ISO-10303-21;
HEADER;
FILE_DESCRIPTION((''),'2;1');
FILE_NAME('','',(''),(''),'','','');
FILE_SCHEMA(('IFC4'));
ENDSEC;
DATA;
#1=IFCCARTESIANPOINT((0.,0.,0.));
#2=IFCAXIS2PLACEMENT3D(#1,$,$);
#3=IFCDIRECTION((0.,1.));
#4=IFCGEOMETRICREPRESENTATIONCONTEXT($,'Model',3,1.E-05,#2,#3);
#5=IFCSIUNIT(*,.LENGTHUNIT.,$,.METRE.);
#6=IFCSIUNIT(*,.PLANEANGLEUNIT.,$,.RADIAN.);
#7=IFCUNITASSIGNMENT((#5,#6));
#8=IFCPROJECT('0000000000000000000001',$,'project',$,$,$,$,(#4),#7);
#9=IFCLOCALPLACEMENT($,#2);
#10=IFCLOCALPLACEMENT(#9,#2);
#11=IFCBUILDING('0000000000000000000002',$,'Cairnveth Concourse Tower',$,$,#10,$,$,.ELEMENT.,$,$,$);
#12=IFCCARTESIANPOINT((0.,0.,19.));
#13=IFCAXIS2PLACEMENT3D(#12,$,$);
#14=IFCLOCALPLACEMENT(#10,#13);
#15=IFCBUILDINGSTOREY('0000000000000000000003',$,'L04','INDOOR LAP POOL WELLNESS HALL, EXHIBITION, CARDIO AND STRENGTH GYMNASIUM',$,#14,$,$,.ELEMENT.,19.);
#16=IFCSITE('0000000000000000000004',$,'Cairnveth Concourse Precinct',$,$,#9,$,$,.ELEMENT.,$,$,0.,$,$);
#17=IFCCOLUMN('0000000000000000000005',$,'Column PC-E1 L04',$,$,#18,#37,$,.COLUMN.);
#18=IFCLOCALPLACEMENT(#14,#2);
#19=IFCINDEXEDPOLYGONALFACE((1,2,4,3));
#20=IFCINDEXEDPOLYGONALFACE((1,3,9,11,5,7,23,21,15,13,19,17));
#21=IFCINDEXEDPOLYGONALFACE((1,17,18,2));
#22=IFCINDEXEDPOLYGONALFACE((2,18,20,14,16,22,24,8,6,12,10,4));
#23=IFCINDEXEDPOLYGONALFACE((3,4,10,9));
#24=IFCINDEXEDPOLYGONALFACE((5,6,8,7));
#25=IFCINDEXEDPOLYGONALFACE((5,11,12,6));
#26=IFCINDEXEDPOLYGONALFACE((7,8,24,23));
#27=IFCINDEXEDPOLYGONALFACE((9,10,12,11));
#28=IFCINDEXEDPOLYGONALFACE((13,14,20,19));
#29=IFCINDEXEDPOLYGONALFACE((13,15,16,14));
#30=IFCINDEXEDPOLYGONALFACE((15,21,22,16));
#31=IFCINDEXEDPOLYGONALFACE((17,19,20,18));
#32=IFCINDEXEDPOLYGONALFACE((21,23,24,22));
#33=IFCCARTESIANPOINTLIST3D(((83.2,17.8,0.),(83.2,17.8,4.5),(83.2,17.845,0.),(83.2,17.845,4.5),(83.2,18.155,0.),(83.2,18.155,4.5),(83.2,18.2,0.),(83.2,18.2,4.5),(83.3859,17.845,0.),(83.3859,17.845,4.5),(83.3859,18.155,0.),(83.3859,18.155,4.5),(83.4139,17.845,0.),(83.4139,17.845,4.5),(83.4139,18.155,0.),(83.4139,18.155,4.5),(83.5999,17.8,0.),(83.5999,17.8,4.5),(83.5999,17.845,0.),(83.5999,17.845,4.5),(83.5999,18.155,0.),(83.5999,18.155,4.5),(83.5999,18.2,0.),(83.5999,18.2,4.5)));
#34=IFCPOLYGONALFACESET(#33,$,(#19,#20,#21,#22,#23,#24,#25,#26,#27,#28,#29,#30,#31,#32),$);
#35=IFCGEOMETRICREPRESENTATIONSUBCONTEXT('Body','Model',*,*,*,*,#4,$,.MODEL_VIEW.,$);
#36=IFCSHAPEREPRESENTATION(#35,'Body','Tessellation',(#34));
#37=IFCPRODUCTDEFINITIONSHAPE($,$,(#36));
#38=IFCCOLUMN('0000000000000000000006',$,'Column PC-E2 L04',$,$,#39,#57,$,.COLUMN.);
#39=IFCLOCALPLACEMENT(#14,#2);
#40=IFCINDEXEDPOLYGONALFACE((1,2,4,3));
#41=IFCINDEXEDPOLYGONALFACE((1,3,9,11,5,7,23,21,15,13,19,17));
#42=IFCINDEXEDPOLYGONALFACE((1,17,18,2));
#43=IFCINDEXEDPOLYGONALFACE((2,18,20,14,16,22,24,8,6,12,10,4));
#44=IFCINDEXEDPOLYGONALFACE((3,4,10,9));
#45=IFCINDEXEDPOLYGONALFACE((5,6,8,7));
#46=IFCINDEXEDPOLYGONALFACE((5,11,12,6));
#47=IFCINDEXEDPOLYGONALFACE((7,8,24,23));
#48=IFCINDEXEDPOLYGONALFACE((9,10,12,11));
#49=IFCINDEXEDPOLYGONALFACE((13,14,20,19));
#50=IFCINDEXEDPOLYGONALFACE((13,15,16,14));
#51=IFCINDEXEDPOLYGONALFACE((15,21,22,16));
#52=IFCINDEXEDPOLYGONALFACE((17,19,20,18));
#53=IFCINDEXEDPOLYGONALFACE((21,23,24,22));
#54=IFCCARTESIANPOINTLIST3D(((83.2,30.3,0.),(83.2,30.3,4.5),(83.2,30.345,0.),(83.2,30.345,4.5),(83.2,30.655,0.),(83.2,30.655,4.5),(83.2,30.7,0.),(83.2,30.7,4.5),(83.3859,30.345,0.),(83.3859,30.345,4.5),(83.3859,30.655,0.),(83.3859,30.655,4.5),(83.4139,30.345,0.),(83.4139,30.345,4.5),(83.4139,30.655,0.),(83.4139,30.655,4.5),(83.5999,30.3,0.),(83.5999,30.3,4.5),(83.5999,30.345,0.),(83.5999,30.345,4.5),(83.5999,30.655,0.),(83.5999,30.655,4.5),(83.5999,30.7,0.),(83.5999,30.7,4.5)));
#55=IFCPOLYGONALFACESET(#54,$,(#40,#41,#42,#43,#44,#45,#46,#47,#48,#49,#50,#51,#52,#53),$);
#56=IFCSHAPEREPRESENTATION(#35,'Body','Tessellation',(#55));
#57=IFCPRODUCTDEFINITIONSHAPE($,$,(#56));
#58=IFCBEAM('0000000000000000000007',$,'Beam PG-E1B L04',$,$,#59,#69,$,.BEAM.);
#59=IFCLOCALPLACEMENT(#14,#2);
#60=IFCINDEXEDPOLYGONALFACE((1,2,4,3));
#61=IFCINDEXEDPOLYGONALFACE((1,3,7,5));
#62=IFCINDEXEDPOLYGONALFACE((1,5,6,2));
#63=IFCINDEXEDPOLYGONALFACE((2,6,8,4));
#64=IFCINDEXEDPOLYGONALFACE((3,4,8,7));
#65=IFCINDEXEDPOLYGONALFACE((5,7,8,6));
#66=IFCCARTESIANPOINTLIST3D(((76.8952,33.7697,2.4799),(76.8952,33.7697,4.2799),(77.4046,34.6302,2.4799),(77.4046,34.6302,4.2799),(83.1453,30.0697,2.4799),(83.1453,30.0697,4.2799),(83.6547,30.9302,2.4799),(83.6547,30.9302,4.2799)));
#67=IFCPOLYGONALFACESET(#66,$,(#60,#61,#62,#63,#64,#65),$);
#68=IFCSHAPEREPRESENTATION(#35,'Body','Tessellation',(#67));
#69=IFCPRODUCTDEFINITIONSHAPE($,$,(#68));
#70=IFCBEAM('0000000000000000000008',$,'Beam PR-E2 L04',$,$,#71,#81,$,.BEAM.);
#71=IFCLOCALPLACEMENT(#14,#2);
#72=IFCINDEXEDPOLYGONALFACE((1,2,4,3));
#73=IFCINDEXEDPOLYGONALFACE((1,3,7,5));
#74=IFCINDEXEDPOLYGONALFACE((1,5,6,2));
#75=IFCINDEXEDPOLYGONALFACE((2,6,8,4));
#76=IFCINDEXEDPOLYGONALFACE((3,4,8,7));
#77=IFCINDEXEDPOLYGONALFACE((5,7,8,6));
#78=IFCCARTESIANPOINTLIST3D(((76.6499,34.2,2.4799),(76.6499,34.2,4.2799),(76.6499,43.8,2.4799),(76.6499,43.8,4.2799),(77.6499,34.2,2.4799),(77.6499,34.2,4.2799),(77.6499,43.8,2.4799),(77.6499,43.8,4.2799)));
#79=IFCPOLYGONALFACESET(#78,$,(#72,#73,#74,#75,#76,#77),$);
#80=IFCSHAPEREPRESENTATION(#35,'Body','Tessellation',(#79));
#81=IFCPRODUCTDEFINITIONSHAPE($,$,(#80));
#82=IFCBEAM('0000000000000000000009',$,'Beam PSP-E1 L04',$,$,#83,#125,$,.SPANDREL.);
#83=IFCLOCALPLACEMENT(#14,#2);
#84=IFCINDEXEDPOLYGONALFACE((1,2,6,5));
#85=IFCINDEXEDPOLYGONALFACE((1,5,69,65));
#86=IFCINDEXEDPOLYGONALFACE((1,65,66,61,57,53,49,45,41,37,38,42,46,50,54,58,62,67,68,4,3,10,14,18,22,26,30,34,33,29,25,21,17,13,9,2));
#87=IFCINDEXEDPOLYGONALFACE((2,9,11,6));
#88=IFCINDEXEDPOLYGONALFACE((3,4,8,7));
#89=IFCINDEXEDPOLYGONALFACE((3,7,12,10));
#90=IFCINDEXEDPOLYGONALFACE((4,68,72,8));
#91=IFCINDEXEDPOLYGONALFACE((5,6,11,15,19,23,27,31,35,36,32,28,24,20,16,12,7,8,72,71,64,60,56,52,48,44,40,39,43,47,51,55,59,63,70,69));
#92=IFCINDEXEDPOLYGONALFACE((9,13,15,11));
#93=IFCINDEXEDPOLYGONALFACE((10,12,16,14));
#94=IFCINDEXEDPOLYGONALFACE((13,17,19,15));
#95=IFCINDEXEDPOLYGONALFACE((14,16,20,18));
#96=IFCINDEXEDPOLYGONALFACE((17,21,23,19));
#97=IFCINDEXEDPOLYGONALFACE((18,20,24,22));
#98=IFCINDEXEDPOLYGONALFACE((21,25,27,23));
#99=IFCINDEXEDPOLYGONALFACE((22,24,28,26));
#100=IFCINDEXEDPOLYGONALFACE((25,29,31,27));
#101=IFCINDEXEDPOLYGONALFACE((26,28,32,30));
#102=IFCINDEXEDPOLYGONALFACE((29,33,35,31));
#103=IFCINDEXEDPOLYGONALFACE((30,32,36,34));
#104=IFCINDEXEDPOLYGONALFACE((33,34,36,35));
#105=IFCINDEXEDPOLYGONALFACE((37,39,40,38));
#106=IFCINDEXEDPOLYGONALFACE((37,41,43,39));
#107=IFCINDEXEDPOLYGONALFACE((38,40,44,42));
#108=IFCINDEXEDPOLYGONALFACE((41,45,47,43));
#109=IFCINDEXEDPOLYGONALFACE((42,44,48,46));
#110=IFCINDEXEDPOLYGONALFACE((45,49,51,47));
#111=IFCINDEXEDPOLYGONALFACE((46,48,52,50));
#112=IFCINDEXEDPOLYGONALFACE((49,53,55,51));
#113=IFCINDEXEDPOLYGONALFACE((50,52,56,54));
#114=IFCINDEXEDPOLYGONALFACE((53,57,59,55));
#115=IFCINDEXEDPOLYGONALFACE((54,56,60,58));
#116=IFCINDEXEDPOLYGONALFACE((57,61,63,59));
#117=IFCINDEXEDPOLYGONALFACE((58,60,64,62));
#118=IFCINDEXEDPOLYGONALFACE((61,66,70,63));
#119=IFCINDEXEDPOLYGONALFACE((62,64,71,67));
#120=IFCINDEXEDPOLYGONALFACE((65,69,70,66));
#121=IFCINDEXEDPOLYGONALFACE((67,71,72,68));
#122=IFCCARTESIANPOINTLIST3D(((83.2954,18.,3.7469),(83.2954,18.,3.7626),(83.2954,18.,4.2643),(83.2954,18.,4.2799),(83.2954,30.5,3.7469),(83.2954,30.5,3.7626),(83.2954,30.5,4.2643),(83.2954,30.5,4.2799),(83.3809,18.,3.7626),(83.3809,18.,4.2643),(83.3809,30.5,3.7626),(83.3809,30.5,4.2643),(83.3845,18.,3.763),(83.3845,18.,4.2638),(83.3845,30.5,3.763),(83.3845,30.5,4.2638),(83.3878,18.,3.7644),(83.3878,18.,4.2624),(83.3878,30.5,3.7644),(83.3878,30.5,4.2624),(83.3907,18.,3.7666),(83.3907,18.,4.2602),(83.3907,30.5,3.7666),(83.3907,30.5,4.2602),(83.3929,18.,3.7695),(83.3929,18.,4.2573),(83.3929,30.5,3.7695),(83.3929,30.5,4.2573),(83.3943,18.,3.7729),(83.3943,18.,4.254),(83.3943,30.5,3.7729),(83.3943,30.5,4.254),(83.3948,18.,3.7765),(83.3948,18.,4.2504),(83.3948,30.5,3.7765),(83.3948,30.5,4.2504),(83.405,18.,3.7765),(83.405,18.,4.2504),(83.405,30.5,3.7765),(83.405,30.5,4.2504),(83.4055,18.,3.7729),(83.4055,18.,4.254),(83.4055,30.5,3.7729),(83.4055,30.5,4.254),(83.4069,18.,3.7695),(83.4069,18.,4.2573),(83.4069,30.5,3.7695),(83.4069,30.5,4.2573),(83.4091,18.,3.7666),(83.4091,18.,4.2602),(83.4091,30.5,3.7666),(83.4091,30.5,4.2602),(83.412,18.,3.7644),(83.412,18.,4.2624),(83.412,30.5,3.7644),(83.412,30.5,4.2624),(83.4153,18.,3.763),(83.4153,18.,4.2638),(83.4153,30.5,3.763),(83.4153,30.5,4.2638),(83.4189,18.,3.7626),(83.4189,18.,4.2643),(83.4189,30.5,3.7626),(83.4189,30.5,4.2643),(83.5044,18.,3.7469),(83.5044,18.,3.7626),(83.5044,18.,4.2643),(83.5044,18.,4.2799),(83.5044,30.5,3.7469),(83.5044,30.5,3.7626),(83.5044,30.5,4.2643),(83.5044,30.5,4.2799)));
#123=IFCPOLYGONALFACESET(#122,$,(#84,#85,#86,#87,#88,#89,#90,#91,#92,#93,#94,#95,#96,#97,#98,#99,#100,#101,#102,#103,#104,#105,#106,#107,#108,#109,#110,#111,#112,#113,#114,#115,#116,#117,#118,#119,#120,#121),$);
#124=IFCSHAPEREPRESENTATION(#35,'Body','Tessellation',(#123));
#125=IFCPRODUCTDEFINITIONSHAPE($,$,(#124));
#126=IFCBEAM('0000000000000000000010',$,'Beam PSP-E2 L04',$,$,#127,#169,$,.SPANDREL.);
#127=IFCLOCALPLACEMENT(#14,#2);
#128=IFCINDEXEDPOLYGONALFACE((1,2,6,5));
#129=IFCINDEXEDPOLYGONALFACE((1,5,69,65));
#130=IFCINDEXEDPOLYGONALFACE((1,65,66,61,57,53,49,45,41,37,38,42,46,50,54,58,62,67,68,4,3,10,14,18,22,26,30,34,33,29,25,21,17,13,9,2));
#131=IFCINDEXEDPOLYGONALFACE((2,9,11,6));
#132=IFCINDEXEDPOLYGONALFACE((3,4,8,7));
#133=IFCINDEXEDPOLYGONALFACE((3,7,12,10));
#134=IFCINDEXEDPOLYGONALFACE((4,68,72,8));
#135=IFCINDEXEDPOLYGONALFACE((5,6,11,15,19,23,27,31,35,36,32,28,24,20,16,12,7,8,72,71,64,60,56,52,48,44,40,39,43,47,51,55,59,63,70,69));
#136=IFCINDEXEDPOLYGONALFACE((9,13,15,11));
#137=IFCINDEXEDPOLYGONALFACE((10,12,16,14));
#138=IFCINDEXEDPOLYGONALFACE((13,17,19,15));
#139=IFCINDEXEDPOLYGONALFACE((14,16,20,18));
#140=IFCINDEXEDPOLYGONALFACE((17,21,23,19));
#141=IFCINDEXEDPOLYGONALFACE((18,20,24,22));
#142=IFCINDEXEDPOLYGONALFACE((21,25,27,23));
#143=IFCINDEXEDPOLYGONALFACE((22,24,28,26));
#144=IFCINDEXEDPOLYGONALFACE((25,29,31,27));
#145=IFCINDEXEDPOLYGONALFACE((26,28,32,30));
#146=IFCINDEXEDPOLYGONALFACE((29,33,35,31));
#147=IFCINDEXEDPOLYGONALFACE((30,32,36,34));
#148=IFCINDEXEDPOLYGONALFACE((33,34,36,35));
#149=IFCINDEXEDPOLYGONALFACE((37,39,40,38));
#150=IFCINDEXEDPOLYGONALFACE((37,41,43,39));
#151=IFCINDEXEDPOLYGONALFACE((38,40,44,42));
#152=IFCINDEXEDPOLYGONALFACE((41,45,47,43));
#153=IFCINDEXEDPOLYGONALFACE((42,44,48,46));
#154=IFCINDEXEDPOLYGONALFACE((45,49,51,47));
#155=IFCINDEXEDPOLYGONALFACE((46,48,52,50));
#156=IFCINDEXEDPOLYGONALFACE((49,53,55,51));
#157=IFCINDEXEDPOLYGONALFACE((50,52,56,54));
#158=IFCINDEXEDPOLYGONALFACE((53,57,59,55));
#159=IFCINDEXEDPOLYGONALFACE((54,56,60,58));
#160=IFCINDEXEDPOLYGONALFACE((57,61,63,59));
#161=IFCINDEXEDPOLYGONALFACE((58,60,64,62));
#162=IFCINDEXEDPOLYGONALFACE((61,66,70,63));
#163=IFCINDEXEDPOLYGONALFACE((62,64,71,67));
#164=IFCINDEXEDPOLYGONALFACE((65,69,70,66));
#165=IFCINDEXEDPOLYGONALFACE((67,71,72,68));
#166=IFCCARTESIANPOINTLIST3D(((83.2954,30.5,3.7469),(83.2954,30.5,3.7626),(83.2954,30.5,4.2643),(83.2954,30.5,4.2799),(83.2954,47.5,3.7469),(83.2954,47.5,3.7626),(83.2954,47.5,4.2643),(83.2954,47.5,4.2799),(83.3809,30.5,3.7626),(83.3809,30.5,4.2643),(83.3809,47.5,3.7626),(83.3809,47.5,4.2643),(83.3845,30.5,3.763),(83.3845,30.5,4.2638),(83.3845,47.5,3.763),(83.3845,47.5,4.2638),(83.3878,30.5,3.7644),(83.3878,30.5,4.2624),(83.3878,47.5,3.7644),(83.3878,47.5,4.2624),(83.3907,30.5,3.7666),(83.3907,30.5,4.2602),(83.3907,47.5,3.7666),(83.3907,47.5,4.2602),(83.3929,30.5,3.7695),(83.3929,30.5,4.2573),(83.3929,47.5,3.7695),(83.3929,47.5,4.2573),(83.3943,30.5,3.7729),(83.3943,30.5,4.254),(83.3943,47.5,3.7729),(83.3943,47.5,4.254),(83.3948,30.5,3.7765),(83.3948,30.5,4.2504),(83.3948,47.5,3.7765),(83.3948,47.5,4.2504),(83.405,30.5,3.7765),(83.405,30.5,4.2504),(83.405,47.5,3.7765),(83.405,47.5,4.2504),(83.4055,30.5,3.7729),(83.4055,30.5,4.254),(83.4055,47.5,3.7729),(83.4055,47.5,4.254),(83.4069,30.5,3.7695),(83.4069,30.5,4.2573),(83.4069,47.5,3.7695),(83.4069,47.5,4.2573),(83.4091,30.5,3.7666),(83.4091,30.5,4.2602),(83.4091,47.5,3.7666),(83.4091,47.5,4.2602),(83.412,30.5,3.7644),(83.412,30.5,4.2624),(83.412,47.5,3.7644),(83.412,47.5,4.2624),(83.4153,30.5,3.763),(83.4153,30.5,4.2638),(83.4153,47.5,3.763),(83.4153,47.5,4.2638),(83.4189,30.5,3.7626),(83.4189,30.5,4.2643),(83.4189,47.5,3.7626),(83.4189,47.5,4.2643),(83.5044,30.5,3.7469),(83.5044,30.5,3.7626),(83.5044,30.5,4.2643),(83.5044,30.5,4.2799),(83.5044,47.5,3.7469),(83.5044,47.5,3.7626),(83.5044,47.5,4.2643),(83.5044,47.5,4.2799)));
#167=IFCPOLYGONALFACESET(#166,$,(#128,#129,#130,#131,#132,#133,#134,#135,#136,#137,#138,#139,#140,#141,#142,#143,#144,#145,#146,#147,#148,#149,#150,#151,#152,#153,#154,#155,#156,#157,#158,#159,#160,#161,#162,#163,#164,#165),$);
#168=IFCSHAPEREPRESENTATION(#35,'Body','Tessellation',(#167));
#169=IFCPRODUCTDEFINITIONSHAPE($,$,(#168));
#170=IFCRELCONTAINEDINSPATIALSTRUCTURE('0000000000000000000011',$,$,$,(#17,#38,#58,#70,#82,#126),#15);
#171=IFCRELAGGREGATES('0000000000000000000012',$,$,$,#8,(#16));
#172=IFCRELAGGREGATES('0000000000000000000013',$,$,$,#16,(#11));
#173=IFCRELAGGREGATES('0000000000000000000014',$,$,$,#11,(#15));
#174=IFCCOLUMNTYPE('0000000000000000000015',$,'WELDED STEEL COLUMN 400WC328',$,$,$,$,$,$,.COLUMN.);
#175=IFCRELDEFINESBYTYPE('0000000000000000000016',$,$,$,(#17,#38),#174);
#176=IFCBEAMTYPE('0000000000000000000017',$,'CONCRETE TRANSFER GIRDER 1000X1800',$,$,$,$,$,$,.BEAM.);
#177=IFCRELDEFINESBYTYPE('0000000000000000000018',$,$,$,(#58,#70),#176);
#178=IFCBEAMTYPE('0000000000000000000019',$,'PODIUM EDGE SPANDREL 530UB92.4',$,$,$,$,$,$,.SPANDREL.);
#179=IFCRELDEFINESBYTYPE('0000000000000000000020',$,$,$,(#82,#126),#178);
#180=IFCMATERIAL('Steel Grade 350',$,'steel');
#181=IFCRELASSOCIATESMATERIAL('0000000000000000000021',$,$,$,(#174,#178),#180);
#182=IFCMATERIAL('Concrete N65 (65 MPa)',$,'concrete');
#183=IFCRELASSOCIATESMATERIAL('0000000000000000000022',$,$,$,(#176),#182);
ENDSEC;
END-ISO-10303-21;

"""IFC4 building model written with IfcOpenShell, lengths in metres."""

from ifc_helpers import new_model, si_unit, direction, frame, origin, origin_2d, place, context, subcontext, project, spatial, rectangle, i_section, extrude, material, material_profile, profile_set, type_object, element, save


model = new_model("IFC4")

# Units and contexts
model_context = context("Model", 3, precision=1e-05, world=origin(), true_north=direction((0.0, 1.0)))
body_context = subcontext(model_context, "Body", "Model", "MODEL_VIEW")
ifc_project = project(units=[si_unit("LENGTHUNIT", "METRE"), si_unit("PLANEANGLEUNIT", "RADIAN")], contexts=[model_context])

# Site, building, storey
site_placement = place(None, origin())
site = spatial("IfcSite", under=ifc_project, at=site_placement, Name="Cairnveth Concourse Precinct", CompositionType="ELEMENT", RefElevation=0.0)
building_placement = place(site_placement, origin())
building = spatial("IfcBuilding", under=site, at=building_placement, Name="Cairnveth Concourse Tower", CompositionType="ELEMENT")
storey_placement = place(building_placement, frame((0.0, 0.0, 19.0)))
storey = spatial("IfcBuildingStorey", under=building, at=storey_placement, Name="L04", Description="INDOOR LAP POOL WELLNESS HALL, EXHIBITION, CARDIO AND STRENGTH GYMNASIUM", CompositionType="ELEMENT", Elevation=19.0)

# Columns
ifc_material_1 = material(Name="Steel Grade 350", Category="steel")
ifc_material_profile_1 = material_profile(ifc_material_1, i_section(OverallWidth=0.3999, OverallDepth=0.3999, WebThickness=0.0281, FlangeThickness=0.0449, at=origin_2d()), Name="400WC328")
ifc_profile_set_1 = profile_set([ifc_material_profile_1], Name="Steel Grade 350")
column_type = type_object("IfcColumnType", Name="WELDED STEEL COLUMN 400WC328", PredefinedType="COLUMN", material=ifc_profile_set_1)
for number, where, z_axis, x_axis, name in (
    (1, (83.3999, 18.0, 0.0), (0.0, 0.0, 1.0), (1.0, 0.0, 0.0), "Column PC-E1 L04"),
    (2, (83.3999, 30.5, 0.0), (0.0, 0.0, 1.0), (1.0, 0.0, 0.0), "Column PC-E2 L04"),
):
    element("IfcColumn", number, at=place(storey_placement, frame(where, z_axis=z_axis, x_axis=x_axis)), inside=storey, type_object=column_type, Name=name, PredefinedType="COLUMN", context=body_context, shape_type="SweptSolid", body=[
        extrude(i_section(OverallWidth=0.3999, OverallDepth=0.3999, WebThickness=0.0281, FlangeThickness=0.0449, at=origin_2d()), origin(), (0.0, 0.0, 1.0), 4.5),
    ])

# Beams
ifc_material_2 = material(Name="Concrete N65 (65 MPa)", Category="concrete")
ifc_material_profile_2 = material_profile(ifc_material_2, rectangle(XDim=1.0, YDim=1.8, at=origin_2d()), Name="RC-TB-1000x1800")
ifc_profile_set_2 = profile_set([ifc_material_profile_2], Name="Concrete N65 (65 MPa)")
beam_type_1 = type_object("IfcBeamType", Name="CONCRETE TRANSFER GIRDER 1000X1800", PredefinedType="BEAM", material=ifc_profile_set_2)
beam_1_placement = place(storey_placement, frame((77.1499, 34.2, 3.3799), z_axis=(0.860518, -0.50942, 0.0), x_axis=(0.50942, 0.860518, 0.0)))
element("IfcBeam", 3, at=beam_1_placement, inside=storey, type_object=beam_type_1, Name="Beam PG-E1B L04", PredefinedType="BEAM", context=body_context, shape_type="SweptSolid", body=[
    extrude(rectangle(XDim=1.0, YDim=1.8, at=origin_2d()), origin(), (0.0, 0.0, 1.0), 7.2632),
])
beam_2_placement = place(storey_placement, frame((77.1499, 34.2, 3.3799), z_axis=(0.0, 1.0, 0.0), x_axis=(-1.0, 0.0, 0.0)))
element("IfcBeam", 4, at=beam_2_placement, inside=storey, type_object=beam_type_1, Name="Beam PR-E2 L04", PredefinedType="BEAM", context=body_context, shape_type="SweptSolid", body=[
    extrude(rectangle(XDim=1.0, YDim=1.8, at=origin_2d()), origin(), (0.0, 0.0, 1.0), 9.6001),
])
ifc_material_profile_3 = material_profile(ifc_material_1, i_section(OverallWidth=0.209, OverallDepth=0.533, WebThickness=0.0103, FlangeThickness=0.0156, FilletRadius=0.0139, at=origin_2d()), Name="530UB92.4")
ifc_profile_set_3 = profile_set([ifc_material_profile_3], Name="Steel Grade 350")
beam_type_2 = type_object("IfcBeamType", Name="PODIUM EDGE SPANDREL 530UB92.4", PredefinedType="SPANDREL", material=ifc_profile_set_3)
beam_3_placement = place(storey_placement, frame((83.3999, 18.0, 4.0134), z_axis=(0.0, 1.0, 0.0), x_axis=(-1.0, 0.0, 0.0)))
element("IfcBeam", 5, at=beam_3_placement, inside=storey, type_object=beam_type_2, Name="Beam PSP-E1 L04", PredefinedType="SPANDREL", context=body_context, shape_type="SweptSolid", body=[
    extrude(i_section(OverallWidth=0.209, OverallDepth=0.533, WebThickness=0.0103, FlangeThickness=0.0156, FilletRadius=0.0139, at=origin_2d()), origin(), (0.0, 0.0, 1.0), 12.5),
])
beam_4_placement = place(storey_placement, frame((83.3999, 30.5, 4.0134), z_axis=(0.0, 1.0, 0.0), x_axis=(-1.0, 0.0, 0.0)))
element("IfcBeam", 6, at=beam_4_placement, inside=storey, type_object=beam_type_2, Name="Beam PSP-E2 L04", PredefinedType="SPANDREL", context=body_context, shape_type="SweptSolid", body=[
    extrude(i_section(OverallWidth=0.209, OverallDepth=0.533, WebThickness=0.0103, FlangeThickness=0.0156, FilletRadius=0.0139, at=origin_2d()), origin(), (0.0, 0.0, 1.0), 17.0),
])

save(model, "model.ifc")
